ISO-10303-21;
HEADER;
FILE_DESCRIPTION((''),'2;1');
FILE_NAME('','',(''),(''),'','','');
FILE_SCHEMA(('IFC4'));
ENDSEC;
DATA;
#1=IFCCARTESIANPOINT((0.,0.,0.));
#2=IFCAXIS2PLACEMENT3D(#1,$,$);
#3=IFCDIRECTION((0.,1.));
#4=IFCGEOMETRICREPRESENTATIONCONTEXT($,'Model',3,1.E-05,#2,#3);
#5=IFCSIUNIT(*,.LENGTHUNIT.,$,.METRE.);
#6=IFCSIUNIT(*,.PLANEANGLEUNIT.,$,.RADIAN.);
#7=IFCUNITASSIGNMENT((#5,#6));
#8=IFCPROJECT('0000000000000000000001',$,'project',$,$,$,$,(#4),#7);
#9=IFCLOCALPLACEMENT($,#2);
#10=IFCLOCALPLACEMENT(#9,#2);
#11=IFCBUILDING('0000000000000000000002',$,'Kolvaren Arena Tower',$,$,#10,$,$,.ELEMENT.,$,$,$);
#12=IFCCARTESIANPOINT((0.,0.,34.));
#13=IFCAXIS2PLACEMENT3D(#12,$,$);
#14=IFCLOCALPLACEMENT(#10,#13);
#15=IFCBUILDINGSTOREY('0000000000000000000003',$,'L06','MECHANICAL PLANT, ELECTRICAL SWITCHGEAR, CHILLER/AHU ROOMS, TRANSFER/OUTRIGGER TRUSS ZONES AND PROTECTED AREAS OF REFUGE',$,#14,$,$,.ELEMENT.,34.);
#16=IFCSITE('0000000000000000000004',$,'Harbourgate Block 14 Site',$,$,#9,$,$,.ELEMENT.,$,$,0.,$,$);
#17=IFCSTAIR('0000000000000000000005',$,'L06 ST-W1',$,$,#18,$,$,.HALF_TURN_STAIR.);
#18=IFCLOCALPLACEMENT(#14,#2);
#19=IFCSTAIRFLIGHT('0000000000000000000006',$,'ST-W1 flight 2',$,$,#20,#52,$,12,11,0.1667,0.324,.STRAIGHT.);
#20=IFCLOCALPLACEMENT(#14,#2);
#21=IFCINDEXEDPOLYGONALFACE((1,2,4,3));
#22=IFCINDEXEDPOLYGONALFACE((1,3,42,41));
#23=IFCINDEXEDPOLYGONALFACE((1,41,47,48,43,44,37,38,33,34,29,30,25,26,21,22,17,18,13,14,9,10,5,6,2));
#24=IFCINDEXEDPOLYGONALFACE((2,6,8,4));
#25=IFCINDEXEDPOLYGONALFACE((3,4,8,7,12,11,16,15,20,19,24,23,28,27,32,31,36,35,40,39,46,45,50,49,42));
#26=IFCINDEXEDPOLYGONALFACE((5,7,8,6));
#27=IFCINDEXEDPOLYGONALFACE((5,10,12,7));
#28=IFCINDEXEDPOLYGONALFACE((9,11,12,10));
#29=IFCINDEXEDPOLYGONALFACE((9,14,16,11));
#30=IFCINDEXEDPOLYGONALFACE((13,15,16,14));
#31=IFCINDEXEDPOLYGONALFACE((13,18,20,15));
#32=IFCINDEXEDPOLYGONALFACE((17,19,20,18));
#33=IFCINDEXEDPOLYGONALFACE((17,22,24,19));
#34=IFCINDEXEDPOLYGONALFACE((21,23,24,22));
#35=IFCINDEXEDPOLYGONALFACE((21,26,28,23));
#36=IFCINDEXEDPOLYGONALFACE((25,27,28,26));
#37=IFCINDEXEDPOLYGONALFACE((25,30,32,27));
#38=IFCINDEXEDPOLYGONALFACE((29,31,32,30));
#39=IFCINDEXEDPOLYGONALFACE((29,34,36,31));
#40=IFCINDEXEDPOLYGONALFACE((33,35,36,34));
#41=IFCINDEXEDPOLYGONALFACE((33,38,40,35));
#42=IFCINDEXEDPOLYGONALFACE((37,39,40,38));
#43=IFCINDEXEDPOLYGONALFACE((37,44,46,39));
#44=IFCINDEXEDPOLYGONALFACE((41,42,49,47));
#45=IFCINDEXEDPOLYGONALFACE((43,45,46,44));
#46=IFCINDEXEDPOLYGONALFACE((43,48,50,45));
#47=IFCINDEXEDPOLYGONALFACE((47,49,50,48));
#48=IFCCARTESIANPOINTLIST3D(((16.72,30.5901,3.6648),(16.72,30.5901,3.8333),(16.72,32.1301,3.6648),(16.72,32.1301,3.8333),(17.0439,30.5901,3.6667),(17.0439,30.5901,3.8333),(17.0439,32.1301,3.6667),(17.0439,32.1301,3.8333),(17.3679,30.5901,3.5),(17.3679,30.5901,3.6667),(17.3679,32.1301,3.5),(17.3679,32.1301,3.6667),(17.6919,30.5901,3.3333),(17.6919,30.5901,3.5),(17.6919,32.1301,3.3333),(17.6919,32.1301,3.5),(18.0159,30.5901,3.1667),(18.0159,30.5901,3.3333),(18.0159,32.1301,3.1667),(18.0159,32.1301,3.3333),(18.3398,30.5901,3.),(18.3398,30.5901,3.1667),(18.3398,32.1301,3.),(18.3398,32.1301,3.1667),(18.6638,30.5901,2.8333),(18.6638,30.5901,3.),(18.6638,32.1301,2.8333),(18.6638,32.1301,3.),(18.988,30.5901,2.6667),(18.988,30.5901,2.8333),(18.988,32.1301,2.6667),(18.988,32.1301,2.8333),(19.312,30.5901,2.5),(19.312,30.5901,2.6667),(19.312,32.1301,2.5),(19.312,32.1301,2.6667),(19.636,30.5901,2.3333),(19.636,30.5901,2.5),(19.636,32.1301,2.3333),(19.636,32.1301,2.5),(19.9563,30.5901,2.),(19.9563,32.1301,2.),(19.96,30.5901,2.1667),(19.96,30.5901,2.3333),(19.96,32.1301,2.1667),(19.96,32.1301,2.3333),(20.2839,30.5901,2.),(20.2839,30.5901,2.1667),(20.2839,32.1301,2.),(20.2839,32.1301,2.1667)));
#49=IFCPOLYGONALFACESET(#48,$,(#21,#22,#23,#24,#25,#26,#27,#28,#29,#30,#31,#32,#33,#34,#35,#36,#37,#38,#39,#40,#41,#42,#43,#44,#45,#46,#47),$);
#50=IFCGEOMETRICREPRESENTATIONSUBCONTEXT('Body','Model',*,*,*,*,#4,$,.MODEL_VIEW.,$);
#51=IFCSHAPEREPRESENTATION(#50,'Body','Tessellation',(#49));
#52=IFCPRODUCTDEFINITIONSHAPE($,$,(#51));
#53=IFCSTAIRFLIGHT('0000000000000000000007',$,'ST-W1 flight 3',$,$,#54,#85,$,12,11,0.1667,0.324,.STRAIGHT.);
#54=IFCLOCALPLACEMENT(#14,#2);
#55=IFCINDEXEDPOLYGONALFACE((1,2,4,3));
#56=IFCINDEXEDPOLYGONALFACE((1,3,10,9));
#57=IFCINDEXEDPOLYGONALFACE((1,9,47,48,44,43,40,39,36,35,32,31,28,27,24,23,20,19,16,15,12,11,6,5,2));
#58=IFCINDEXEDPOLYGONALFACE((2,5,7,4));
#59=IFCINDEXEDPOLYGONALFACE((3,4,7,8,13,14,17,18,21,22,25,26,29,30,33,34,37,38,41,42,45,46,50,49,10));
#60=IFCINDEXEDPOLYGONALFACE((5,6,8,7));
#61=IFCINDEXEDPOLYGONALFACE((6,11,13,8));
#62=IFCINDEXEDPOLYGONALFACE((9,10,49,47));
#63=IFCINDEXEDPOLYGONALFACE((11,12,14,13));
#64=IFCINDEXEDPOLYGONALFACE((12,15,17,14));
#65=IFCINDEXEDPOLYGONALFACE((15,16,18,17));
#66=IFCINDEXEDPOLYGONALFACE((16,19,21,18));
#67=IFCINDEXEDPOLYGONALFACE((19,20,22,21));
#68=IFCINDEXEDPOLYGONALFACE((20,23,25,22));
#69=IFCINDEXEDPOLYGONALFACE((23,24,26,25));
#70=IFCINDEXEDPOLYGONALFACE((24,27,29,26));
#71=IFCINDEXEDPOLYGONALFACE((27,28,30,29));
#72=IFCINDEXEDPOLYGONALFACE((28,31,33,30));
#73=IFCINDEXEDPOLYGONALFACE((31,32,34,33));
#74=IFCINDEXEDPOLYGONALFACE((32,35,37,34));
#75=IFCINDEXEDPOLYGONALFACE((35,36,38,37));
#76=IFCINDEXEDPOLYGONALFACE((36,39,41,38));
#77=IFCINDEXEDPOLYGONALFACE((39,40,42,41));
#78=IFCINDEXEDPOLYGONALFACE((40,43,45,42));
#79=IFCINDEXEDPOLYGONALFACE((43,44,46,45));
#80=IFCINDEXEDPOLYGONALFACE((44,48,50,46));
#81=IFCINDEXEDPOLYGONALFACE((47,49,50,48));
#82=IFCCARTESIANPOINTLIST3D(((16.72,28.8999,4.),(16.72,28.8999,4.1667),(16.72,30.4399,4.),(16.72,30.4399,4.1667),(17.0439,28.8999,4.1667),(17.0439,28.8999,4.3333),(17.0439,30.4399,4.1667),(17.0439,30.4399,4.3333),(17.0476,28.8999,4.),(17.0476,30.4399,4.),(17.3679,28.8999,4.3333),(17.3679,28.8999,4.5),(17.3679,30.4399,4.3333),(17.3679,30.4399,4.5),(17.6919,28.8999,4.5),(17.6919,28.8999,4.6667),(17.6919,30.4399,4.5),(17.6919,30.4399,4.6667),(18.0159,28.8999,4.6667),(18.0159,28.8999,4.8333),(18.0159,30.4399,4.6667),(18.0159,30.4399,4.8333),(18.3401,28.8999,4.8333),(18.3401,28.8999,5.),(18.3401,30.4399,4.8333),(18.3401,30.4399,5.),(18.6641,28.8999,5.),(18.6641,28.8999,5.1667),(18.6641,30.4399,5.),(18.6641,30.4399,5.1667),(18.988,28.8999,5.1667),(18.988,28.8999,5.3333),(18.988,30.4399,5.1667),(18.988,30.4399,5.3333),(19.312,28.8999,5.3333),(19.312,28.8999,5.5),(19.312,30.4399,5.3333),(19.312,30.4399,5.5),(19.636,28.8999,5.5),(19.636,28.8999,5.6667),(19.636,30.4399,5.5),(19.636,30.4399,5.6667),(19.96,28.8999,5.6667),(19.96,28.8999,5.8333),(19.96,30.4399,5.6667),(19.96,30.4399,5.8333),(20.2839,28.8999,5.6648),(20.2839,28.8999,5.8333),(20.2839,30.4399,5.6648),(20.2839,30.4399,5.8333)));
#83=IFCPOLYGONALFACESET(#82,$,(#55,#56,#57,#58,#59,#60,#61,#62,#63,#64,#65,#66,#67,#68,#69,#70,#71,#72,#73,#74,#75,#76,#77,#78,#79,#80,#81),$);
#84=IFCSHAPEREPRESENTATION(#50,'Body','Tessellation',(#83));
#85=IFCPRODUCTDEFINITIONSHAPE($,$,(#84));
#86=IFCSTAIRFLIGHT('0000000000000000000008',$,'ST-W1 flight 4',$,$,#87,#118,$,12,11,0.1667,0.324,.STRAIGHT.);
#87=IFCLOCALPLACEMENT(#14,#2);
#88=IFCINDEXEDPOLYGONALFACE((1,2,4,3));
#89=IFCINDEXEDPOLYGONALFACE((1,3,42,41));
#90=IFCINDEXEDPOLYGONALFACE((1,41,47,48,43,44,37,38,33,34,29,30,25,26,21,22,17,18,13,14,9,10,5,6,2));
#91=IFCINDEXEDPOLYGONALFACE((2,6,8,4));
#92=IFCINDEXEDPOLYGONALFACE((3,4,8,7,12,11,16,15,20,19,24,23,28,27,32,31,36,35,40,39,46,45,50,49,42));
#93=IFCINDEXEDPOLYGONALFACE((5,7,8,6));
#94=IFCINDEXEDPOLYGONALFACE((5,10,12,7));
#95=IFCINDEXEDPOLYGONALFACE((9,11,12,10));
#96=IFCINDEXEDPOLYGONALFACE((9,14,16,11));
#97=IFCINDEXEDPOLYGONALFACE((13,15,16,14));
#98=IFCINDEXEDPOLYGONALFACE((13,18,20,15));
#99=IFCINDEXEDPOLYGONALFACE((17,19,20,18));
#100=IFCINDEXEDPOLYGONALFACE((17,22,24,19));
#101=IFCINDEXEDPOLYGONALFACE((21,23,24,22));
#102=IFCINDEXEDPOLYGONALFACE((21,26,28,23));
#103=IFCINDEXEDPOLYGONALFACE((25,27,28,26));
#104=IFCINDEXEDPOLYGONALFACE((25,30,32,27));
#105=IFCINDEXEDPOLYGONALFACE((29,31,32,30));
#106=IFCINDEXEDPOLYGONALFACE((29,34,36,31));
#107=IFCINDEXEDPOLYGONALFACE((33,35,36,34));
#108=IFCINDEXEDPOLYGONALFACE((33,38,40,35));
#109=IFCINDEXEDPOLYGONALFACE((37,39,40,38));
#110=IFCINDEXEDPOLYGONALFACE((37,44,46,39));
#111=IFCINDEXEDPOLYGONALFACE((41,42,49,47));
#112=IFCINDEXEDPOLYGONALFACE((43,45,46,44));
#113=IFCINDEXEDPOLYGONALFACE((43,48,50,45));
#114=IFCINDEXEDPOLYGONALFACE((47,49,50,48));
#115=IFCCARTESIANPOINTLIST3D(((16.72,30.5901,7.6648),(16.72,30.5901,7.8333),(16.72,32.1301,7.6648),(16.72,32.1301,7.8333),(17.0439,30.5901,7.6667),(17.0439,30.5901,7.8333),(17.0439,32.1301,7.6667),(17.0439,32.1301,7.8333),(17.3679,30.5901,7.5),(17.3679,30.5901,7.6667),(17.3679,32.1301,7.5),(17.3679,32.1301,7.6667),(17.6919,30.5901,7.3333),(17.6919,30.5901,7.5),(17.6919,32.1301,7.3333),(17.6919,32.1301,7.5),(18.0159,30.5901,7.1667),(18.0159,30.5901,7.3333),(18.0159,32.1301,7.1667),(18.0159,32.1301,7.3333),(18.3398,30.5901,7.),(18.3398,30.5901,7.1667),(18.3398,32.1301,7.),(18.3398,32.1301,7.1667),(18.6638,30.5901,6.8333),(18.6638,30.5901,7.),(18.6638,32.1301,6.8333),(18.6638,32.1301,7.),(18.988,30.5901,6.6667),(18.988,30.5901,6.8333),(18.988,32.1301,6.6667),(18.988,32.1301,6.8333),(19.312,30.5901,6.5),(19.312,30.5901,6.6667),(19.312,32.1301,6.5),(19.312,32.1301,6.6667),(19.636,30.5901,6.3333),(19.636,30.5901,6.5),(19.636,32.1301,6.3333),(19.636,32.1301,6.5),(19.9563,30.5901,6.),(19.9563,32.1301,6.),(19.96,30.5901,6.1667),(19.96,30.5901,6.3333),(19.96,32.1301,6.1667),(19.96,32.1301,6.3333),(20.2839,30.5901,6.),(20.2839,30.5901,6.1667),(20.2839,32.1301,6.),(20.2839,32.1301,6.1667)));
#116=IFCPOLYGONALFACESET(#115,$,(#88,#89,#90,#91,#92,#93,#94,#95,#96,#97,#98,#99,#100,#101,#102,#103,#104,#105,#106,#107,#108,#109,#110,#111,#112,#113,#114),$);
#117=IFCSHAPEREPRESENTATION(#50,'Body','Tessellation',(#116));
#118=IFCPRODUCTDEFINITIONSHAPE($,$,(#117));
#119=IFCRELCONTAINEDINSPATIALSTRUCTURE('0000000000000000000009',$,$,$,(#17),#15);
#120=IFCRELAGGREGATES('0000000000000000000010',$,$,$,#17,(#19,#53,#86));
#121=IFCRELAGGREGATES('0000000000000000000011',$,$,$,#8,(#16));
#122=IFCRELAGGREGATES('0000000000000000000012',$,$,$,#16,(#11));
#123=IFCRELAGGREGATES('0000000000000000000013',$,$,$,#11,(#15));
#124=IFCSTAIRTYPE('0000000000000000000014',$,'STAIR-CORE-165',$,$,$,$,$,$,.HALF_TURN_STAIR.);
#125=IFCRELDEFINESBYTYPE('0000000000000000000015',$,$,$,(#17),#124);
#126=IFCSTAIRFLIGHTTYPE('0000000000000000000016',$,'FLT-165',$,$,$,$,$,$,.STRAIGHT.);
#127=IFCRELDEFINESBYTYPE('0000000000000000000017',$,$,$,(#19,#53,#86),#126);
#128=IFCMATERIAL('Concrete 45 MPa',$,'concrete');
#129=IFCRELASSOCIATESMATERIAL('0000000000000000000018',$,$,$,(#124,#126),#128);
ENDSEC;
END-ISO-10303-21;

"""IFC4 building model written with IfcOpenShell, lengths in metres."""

from ifc_helpers import new_model, si_unit, direction, frame, origin, place, context, subcontext, project, spatial, polyline, outline, extrude, material, type_object, element, aggregate, save


model = new_model("IFC4")

# Units and contexts
model_context = context("Model", 3, precision=1e-05, world=origin(), true_north=direction((0.0, 1.0)))
body_context = subcontext(model_context, "Body", "Model", "MODEL_VIEW")
ifc_project = project(units=[si_unit("LENGTHUNIT", "METRE"), si_unit("PLANEANGLEUNIT", "RADIAN")], contexts=[model_context])

# Site, building, storey
site_placement = place(None, origin())
site = spatial("IfcSite", under=ifc_project, at=site_placement, Name="Harbourgate Block 14 Site", CompositionType="ELEMENT", RefElevation=0.0)
building_placement = place(site_placement, origin())
building = spatial("IfcBuilding", under=site, at=building_placement, Name="Kolvaren Arena Tower", CompositionType="ELEMENT")
storey_placement = place(building_placement, frame((0.0, 0.0, 34.0)))
storey = spatial("IfcBuildingStorey", under=building, at=storey_placement, Name="L06", Description="MECHANICAL PLANT, ELECTRICAL SWITCHGEAR, CHILLER/AHU ROOMS, TRANSFER/OUTRIGGER TRUSS ZONES AND PROTECTED AREAS OF REFUGE", CompositionType="ELEMENT", Elevation=34.0)

# Shared definitions
ifc_material_1 = material(Name="Concrete 45 MPa", Category="concrete")

# Stair, stair flights
stair_type = type_object("IfcStairType", Name="STAIR-CORE-165", PredefinedType="HALF_TURN_STAIR", material=ifc_material_1)
stair_placement = place(storey_placement, origin())
stair = element("IfcStair", 1, at=stair_placement, inside=storey, type_object=stair_type, Name="L06 ST-W1", PredefinedType="HALF_TURN_STAIR")
stair_flight_type = type_object("IfcStairFlightType", Name="FLT-165", PredefinedType="STRAIGHT", material=ifc_material_1)
stair_flight_1_placement = place(storey_placement, frame((20.2839, 31.3601, 2.0), z_axis=(0.0, 0.0, 1.0), x_axis=(-1.0, 0.0, 0.0)))
stair_flight_1 = element("IfcStairFlight", 2, at=stair_flight_1_placement, type_object=stair_flight_type, Name="ST-W1 flight 2", NumberOfRisers=12, NumberOfTreads=11, PredefinedType="STRAIGHT", RiserHeight=0.1667, TreadLength=0.324, context=body_context, shape_type="SweptSolid", body=[
    extrude(outline(polyline([(0.0, 0.0), (0.0, 0.1667), (0.324, 0.1667), (0.324, 0.3333), (0.6479, 0.3333), (0.6479, 0.5), (0.9719, 0.5), (0.9719, 0.6667), (1.2959, 0.6667), (1.2959, 0.8333), (1.6201, 0.8333), (1.6201, 1.0), (1.9441, 1.0), (1.9441, 1.1667), (2.2681, 1.1667), (2.2681, 1.3333), (2.592, 1.3333), (2.592, 1.5), (2.916, 1.5), (2.916, 1.6667), (3.24, 1.6667), (3.24, 1.8333), (3.564, 1.8333), (3.564, 2.0), (3.564, 1.6648), (0.3276, 0.0), (0.0, 0.0)])), frame((0.0, 0.77, 0.0), z_axis=(0.0, -1.0, 0.0), x_axis=(1.0, 0.0, 0.0)), (0.0, 0.0, 1.0), 1.54),
])
stair_flight_2_placement = place(storey_placement, frame((16.72, 29.6699, 4.0), z_axis=(0.0, 0.0, 1.0), x_axis=(1.0, 0.0, 0.0)))
stair_flight_2 = element("IfcStairFlight", 3, at=stair_flight_2_placement, type_object=stair_flight_type, Name="ST-W1 flight 3", NumberOfRisers=12, NumberOfTreads=11, PredefinedType="STRAIGHT", RiserHeight=0.1667, TreadLength=0.324, context=body_context, shape_type="SweptSolid", body=[
    extrude(outline(polyline([(0.0, 0.0), (0.0, 0.1667), (0.324, 0.1667), (0.324, 0.3333), (0.6479, 0.3333), (0.6479, 0.5), (0.9719, 0.5), (0.9719, 0.6667), (1.2959, 0.6667), (1.2959, 0.8333), (1.6201, 0.8333), (1.6201, 1.0), (1.9441, 1.0), (1.9441, 1.1667), (2.2681, 1.1667), (2.2681, 1.3333), (2.592, 1.3333), (2.592, 1.5), (2.916, 1.5), (2.916, 1.6667), (3.24, 1.6667), (3.24, 1.8333), (3.564, 1.8333), (3.564, 2.0), (3.564, 1.6648), (0.3276, 0.0), (0.0, 0.0)])), frame((0.0, 0.77, 0.0), z_axis=(0.0, -1.0, 0.0), x_axis=(1.0, 0.0, 0.0)), (0.0, 0.0, 1.0), 1.54),
])
stair_flight_3_placement = place(storey_placement, frame((20.2839, 31.3601, 6.0), z_axis=(0.0, 0.0, 1.0), x_axis=(-1.0, 0.0, 0.0)))
stair_flight_3 = element("IfcStairFlight", 4, at=stair_flight_3_placement, type_object=stair_flight_type, Name="ST-W1 flight 4", NumberOfRisers=12, NumberOfTreads=11, PredefinedType="STRAIGHT", RiserHeight=0.1667, TreadLength=0.324, context=body_context, shape_type="SweptSolid", body=[
    extrude(outline(polyline([(0.0, 0.0), (0.0, 0.1667), (0.324, 0.1667), (0.324, 0.3333), (0.6479, 0.3333), (0.6479, 0.5), (0.9719, 0.5), (0.9719, 0.6667), (1.2959, 0.6667), (1.2959, 0.8333), (1.6201, 0.8333), (1.6201, 1.0), (1.9441, 1.0), (1.9441, 1.1667), (2.2681, 1.1667), (2.2681, 1.3333), (2.592, 1.3333), (2.592, 1.5), (2.916, 1.5), (2.916, 1.6667), (3.24, 1.6667), (3.24, 1.8333), (3.564, 1.8333), (3.564, 2.0), (3.564, 1.6648), (0.3276, 0.0), (0.0, 0.0)])), frame((0.0, 0.77, 0.0), z_axis=(0.0, -1.0, 0.0), x_axis=(1.0, 0.0, 0.0)), (0.0, 0.0, 1.0), 1.54),
])
aggregate(stair, [stair_flight_1, stair_flight_2, stair_flight_3])

save(model, "model.ifc")
